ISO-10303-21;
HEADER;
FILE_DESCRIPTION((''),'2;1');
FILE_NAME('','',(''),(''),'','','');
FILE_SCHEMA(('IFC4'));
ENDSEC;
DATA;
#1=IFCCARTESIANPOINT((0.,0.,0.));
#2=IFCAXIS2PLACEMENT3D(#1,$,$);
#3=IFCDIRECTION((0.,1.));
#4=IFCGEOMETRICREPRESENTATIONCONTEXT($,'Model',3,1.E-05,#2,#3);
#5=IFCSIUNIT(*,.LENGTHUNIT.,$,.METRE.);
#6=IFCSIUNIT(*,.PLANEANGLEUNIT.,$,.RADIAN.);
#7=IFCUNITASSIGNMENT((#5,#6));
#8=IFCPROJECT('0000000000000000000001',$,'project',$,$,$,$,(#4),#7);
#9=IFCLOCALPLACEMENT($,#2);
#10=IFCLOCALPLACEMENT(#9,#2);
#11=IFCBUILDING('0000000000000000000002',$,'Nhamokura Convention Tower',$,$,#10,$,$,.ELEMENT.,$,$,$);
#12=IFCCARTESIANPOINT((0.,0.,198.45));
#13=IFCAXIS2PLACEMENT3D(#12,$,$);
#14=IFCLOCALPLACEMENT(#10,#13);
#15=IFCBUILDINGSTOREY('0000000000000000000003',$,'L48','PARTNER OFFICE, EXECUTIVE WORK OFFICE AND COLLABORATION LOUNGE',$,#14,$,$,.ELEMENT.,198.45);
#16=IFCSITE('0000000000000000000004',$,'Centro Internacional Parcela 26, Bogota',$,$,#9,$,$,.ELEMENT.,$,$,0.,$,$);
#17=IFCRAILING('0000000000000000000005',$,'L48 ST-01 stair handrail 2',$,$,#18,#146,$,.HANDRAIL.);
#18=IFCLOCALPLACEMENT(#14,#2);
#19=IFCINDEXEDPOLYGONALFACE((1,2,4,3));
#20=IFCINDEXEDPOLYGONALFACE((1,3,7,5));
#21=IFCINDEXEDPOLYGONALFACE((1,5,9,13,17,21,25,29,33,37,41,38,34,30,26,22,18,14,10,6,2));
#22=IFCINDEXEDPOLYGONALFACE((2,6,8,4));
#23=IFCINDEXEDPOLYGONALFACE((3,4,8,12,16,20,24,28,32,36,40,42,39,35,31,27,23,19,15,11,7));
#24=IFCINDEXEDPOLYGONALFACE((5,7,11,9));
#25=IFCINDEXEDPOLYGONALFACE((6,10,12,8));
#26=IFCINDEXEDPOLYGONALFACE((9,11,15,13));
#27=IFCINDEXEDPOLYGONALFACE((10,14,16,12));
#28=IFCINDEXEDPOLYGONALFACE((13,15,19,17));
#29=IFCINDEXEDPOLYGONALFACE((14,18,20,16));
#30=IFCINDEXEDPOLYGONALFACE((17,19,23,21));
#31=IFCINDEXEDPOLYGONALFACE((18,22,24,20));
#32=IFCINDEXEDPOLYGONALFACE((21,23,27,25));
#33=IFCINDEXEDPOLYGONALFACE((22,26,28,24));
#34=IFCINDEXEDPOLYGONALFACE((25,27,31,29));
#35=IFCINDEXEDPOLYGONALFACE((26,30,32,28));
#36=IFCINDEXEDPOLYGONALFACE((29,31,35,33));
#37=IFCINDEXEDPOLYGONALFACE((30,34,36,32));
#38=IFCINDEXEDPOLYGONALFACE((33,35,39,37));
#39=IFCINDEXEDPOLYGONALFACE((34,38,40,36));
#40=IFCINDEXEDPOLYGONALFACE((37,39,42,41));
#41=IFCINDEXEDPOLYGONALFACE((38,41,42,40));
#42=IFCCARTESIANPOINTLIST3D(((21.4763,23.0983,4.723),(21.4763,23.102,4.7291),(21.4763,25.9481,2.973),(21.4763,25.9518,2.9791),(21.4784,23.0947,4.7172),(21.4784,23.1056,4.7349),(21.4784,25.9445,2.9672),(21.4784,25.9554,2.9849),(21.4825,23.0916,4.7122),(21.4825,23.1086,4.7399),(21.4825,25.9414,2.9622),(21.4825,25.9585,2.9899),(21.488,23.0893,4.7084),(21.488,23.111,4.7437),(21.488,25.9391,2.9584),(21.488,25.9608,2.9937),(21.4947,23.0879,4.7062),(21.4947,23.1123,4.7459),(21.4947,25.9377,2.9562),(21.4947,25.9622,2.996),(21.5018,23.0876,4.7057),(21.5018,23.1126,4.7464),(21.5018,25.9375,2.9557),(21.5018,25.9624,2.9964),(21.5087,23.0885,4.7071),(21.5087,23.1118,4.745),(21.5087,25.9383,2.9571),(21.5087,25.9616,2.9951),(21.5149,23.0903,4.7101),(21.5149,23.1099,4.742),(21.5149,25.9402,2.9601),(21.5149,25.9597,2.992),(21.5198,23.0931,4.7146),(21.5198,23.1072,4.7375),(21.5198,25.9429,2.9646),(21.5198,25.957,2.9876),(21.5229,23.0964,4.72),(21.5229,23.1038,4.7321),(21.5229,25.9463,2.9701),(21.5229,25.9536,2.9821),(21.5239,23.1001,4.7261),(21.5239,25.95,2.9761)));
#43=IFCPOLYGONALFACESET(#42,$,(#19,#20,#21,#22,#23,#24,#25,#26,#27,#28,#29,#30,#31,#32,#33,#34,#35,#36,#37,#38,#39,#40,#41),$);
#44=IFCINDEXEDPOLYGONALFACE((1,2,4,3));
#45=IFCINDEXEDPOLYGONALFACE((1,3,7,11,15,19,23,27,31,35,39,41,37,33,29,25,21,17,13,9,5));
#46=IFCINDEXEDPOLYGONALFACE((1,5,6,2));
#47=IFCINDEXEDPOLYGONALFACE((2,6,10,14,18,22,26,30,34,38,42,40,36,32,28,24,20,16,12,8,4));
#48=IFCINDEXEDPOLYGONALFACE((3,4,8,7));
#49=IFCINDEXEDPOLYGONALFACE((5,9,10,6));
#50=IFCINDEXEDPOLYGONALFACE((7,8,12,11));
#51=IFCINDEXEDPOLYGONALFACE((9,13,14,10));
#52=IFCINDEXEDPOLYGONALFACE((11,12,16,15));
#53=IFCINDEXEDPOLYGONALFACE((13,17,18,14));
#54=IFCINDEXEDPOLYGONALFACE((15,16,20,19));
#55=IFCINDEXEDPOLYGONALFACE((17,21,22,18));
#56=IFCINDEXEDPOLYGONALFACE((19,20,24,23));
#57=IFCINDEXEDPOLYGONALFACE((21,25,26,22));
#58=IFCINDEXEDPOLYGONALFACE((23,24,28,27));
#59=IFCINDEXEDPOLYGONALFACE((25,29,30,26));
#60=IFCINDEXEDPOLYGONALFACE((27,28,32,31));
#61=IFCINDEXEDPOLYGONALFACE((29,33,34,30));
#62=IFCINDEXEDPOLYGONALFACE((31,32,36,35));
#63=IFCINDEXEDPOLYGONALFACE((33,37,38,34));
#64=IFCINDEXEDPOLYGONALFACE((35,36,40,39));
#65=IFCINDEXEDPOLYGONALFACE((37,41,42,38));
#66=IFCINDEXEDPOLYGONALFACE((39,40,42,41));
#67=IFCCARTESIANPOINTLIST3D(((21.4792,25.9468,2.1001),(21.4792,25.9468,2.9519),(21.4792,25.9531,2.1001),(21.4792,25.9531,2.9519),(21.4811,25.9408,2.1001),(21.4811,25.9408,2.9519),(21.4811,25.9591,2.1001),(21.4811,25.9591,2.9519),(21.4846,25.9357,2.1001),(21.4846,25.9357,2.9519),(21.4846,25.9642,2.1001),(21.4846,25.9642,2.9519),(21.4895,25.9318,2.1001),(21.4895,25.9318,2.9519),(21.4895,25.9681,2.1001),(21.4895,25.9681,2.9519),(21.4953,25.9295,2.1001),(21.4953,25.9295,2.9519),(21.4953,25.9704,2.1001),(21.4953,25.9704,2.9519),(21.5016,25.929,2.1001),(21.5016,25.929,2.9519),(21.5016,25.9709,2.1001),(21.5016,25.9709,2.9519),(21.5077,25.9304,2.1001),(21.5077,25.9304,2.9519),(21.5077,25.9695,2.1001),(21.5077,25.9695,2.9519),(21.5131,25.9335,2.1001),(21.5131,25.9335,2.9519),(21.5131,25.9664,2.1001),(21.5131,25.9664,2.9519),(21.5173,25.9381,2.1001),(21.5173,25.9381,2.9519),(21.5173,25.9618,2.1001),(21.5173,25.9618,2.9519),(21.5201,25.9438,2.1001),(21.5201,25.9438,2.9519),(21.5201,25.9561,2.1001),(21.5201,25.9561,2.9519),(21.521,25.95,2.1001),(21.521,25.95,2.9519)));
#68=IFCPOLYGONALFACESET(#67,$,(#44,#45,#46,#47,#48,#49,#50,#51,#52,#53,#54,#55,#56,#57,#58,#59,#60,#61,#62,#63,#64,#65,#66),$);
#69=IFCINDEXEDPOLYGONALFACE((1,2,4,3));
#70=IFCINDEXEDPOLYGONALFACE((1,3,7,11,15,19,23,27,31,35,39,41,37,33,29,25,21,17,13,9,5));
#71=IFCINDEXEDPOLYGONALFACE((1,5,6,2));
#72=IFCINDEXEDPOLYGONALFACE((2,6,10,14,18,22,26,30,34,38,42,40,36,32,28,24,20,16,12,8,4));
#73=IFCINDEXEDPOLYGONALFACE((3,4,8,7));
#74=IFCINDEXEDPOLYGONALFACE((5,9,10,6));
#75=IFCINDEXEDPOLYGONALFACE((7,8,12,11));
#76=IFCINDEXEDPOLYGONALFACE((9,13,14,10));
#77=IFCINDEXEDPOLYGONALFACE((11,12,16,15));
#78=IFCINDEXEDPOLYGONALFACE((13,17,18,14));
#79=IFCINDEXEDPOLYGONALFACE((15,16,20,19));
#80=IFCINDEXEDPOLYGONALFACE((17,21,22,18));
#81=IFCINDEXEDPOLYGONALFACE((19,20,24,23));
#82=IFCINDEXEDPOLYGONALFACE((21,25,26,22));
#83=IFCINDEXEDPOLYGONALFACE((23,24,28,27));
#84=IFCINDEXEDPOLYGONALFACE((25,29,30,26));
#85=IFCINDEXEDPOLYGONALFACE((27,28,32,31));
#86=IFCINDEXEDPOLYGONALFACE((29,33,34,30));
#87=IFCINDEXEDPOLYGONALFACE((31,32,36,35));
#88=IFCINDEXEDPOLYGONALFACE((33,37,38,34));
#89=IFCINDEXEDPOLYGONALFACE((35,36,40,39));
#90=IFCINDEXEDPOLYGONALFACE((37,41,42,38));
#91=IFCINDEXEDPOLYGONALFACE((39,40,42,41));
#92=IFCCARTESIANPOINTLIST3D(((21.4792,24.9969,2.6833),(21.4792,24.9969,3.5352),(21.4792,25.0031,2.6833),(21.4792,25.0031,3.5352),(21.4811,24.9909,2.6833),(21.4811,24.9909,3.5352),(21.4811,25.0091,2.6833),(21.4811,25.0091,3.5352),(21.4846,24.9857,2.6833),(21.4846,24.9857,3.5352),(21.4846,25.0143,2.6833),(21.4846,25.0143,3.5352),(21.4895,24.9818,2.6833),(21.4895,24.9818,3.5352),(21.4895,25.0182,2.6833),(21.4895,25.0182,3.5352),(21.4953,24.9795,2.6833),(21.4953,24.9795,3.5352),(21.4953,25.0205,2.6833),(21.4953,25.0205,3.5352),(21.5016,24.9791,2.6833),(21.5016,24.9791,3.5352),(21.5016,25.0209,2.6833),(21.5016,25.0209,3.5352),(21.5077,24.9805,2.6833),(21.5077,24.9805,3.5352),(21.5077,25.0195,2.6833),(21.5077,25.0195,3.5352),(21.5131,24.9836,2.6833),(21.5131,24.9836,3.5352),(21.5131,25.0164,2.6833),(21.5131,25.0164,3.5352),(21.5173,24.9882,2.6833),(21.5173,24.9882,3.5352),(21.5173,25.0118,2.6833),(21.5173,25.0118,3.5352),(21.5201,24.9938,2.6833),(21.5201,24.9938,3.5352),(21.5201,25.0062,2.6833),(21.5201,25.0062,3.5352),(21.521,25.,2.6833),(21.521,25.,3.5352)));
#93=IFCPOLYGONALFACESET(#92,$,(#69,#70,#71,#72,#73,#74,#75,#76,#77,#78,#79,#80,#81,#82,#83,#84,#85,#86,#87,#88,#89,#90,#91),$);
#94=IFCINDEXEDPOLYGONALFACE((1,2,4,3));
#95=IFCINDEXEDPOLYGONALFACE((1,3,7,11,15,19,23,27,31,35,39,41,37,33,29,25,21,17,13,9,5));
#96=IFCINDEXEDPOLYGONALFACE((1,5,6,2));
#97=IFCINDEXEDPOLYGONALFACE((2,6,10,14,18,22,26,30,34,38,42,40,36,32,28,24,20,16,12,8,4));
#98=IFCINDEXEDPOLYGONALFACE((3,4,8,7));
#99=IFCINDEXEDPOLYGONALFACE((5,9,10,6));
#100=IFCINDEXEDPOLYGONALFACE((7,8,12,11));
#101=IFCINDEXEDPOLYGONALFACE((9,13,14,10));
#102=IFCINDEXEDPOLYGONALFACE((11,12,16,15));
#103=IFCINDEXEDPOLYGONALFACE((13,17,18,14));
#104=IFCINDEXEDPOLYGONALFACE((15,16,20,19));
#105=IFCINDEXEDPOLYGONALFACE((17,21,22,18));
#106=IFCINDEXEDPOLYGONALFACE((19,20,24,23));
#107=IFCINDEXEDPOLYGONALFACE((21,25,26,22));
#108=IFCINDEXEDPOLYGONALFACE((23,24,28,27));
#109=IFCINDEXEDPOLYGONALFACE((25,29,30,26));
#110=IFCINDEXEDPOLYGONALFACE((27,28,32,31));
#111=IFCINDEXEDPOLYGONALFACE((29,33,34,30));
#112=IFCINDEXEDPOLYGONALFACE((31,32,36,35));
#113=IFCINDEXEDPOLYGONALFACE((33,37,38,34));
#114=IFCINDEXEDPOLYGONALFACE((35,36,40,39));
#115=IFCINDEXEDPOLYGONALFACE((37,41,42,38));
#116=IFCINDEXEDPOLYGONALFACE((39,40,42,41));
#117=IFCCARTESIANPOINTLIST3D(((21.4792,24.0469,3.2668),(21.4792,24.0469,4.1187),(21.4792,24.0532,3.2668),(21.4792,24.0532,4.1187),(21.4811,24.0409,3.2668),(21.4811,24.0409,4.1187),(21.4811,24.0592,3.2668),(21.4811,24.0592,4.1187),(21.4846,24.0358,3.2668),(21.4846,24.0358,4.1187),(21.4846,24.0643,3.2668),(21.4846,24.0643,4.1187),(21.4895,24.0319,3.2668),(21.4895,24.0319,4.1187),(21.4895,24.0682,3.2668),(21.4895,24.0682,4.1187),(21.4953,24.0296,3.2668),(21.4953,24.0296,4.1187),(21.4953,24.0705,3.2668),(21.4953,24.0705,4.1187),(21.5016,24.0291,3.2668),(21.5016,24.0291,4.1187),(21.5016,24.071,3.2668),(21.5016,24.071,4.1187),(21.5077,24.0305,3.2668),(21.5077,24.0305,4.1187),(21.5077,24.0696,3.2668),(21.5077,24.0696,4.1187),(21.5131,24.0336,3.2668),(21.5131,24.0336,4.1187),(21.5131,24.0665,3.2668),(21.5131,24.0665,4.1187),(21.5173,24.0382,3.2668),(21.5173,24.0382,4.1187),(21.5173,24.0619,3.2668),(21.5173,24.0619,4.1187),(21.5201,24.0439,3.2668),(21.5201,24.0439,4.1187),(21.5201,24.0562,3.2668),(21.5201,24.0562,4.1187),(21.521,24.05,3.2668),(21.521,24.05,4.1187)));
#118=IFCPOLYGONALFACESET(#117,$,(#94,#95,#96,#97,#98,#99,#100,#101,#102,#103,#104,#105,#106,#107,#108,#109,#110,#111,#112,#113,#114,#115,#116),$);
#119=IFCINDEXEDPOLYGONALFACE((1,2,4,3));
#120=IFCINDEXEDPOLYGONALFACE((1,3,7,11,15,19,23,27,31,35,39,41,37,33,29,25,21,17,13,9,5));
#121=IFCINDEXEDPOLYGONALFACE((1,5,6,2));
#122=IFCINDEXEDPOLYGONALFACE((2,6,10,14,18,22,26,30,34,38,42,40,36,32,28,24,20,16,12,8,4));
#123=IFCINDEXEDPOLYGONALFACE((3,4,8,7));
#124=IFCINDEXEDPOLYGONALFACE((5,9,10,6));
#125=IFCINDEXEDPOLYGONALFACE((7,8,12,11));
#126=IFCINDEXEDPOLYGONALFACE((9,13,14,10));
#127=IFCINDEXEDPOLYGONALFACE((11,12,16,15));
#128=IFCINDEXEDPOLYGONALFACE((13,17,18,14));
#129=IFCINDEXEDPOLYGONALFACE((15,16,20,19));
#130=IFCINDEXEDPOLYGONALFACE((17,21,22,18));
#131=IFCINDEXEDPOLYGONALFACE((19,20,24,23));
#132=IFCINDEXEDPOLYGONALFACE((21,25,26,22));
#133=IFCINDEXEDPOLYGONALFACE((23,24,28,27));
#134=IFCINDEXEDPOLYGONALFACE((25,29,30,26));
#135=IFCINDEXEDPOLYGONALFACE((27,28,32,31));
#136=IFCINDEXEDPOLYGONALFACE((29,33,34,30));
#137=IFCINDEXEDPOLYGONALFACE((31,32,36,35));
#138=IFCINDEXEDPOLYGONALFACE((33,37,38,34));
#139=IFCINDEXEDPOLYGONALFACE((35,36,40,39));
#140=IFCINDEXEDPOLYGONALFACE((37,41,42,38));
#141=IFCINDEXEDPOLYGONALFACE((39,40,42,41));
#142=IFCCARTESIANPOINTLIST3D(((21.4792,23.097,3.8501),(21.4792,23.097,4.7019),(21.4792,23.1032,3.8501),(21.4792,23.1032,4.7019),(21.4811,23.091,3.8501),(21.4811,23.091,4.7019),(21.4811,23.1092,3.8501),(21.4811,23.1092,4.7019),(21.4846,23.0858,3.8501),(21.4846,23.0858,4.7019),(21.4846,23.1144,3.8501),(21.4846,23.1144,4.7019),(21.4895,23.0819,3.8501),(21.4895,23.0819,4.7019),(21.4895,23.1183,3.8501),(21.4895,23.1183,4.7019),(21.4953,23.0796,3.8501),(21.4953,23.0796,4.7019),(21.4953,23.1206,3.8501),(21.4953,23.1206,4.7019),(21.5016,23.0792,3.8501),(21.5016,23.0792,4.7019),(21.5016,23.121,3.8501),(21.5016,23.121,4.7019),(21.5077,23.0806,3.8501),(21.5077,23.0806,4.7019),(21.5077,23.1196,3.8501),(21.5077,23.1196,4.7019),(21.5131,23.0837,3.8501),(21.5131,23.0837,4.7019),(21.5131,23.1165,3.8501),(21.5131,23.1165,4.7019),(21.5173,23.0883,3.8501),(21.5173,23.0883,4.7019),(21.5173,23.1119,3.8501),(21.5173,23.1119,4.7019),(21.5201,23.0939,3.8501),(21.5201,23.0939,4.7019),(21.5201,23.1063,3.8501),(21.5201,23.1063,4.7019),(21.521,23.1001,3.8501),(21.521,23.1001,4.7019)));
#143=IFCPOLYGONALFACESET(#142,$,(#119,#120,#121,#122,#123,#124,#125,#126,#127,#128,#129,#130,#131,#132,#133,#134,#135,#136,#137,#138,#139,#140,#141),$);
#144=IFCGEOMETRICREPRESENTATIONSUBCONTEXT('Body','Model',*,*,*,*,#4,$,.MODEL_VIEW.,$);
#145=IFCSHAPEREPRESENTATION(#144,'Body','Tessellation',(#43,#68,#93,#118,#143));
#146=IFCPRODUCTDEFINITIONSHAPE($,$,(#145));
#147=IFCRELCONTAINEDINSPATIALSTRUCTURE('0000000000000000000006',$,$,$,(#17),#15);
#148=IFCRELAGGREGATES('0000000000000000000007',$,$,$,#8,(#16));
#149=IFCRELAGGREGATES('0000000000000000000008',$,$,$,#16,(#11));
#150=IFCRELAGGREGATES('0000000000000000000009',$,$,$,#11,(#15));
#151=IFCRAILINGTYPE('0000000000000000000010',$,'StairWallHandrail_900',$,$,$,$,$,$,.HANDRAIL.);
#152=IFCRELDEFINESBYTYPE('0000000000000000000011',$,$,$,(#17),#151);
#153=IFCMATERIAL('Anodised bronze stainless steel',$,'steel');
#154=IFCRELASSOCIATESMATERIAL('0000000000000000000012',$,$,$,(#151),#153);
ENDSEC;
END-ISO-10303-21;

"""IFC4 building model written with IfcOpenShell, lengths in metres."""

from ifc_helpers import new_model, si_unit, direction, frame, origin, origin_2d, place, context, subcontext, project, spatial, circle, extrude, material, type_object, element, save


model = new_model("IFC4")

# Units and contexts
model_context = context("Model", 3, precision=1e-05, world=origin(), true_north=direction((0.0, 1.0)))
body_context = subcontext(model_context, "Body", "Model", "MODEL_VIEW")
ifc_project = project(units=[si_unit("LENGTHUNIT", "METRE"), si_unit("PLANEANGLEUNIT", "RADIAN")], contexts=[model_context])

# Site, building, storey
site_placement = place(None, origin())
site = spatial("IfcSite", under=ifc_project, at=site_placement, Name="Centro Internacional Parcela 26, Bogota", CompositionType="ELEMENT", RefElevation=0.0)
building_placement = place(site_placement, origin())
building = spatial("IfcBuilding", under=site, at=building_placement, Name="Nhamokura Convention Tower", CompositionType="ELEMENT")
storey_placement = place(building_placement, frame((0.0, 0.0, 198.45)))
storey = spatial("IfcBuildingStorey", under=building, at=storey_placement, Name="L48", Description="PARTNER OFFICE, EXECUTIVE WORK OFFICE AND COLLABORATION LOUNGE", CompositionType="ELEMENT", Elevation=198.45)

# Railing
ifc_material_1 = material(Name="Anodised bronze stainless steel", Category="steel")
railing_type_1 = type_object("IfcRailingType", Name="StairWallHandrail_900", PredefinedType="HANDRAIL", material=ifc_material_1)
railing_1_placement = place(storey_placement, frame((21.5, 25.95, 2.1001)))
element("IfcRailing", 1, at=railing_1_placement, inside=storey, type_object=railing_type_1, Name="L48 ST-01 stair handrail 2", PredefinedType="HANDRAIL", context=body_context, shape_type="SweptSolid", body=[
    extrude(circle(Radius=0.0239, at=origin_2d()), frame((0.0, 0.0, 0.876), z_axis=(0.0, -0.852159, 0.523283), x_axis=(1.0, 0.0, 0.0)), (0.0, 0.0, 1.0), 3.3442),
    extrude(circle(Radius=0.021, at=origin_2d()), origin(), (0.0, 0.0, 1.0), 0.8518),
    extrude(circle(Radius=0.021, at=origin_2d()), frame((0.0, -0.95, 0.5833)), (0.0, 0.0, 1.0), 0.8518),
    extrude(circle(Radius=0.021, at=origin_2d()), frame((0.0, -1.8999, 1.1667)), (0.0, 0.0, 1.0), 0.8518),
    extrude(circle(Radius=0.021, at=origin_2d()), frame((0.0, -2.8499, 1.75)), (0.0, 0.0, 1.0), 0.8518),
])

save(model, "model.ifc")
